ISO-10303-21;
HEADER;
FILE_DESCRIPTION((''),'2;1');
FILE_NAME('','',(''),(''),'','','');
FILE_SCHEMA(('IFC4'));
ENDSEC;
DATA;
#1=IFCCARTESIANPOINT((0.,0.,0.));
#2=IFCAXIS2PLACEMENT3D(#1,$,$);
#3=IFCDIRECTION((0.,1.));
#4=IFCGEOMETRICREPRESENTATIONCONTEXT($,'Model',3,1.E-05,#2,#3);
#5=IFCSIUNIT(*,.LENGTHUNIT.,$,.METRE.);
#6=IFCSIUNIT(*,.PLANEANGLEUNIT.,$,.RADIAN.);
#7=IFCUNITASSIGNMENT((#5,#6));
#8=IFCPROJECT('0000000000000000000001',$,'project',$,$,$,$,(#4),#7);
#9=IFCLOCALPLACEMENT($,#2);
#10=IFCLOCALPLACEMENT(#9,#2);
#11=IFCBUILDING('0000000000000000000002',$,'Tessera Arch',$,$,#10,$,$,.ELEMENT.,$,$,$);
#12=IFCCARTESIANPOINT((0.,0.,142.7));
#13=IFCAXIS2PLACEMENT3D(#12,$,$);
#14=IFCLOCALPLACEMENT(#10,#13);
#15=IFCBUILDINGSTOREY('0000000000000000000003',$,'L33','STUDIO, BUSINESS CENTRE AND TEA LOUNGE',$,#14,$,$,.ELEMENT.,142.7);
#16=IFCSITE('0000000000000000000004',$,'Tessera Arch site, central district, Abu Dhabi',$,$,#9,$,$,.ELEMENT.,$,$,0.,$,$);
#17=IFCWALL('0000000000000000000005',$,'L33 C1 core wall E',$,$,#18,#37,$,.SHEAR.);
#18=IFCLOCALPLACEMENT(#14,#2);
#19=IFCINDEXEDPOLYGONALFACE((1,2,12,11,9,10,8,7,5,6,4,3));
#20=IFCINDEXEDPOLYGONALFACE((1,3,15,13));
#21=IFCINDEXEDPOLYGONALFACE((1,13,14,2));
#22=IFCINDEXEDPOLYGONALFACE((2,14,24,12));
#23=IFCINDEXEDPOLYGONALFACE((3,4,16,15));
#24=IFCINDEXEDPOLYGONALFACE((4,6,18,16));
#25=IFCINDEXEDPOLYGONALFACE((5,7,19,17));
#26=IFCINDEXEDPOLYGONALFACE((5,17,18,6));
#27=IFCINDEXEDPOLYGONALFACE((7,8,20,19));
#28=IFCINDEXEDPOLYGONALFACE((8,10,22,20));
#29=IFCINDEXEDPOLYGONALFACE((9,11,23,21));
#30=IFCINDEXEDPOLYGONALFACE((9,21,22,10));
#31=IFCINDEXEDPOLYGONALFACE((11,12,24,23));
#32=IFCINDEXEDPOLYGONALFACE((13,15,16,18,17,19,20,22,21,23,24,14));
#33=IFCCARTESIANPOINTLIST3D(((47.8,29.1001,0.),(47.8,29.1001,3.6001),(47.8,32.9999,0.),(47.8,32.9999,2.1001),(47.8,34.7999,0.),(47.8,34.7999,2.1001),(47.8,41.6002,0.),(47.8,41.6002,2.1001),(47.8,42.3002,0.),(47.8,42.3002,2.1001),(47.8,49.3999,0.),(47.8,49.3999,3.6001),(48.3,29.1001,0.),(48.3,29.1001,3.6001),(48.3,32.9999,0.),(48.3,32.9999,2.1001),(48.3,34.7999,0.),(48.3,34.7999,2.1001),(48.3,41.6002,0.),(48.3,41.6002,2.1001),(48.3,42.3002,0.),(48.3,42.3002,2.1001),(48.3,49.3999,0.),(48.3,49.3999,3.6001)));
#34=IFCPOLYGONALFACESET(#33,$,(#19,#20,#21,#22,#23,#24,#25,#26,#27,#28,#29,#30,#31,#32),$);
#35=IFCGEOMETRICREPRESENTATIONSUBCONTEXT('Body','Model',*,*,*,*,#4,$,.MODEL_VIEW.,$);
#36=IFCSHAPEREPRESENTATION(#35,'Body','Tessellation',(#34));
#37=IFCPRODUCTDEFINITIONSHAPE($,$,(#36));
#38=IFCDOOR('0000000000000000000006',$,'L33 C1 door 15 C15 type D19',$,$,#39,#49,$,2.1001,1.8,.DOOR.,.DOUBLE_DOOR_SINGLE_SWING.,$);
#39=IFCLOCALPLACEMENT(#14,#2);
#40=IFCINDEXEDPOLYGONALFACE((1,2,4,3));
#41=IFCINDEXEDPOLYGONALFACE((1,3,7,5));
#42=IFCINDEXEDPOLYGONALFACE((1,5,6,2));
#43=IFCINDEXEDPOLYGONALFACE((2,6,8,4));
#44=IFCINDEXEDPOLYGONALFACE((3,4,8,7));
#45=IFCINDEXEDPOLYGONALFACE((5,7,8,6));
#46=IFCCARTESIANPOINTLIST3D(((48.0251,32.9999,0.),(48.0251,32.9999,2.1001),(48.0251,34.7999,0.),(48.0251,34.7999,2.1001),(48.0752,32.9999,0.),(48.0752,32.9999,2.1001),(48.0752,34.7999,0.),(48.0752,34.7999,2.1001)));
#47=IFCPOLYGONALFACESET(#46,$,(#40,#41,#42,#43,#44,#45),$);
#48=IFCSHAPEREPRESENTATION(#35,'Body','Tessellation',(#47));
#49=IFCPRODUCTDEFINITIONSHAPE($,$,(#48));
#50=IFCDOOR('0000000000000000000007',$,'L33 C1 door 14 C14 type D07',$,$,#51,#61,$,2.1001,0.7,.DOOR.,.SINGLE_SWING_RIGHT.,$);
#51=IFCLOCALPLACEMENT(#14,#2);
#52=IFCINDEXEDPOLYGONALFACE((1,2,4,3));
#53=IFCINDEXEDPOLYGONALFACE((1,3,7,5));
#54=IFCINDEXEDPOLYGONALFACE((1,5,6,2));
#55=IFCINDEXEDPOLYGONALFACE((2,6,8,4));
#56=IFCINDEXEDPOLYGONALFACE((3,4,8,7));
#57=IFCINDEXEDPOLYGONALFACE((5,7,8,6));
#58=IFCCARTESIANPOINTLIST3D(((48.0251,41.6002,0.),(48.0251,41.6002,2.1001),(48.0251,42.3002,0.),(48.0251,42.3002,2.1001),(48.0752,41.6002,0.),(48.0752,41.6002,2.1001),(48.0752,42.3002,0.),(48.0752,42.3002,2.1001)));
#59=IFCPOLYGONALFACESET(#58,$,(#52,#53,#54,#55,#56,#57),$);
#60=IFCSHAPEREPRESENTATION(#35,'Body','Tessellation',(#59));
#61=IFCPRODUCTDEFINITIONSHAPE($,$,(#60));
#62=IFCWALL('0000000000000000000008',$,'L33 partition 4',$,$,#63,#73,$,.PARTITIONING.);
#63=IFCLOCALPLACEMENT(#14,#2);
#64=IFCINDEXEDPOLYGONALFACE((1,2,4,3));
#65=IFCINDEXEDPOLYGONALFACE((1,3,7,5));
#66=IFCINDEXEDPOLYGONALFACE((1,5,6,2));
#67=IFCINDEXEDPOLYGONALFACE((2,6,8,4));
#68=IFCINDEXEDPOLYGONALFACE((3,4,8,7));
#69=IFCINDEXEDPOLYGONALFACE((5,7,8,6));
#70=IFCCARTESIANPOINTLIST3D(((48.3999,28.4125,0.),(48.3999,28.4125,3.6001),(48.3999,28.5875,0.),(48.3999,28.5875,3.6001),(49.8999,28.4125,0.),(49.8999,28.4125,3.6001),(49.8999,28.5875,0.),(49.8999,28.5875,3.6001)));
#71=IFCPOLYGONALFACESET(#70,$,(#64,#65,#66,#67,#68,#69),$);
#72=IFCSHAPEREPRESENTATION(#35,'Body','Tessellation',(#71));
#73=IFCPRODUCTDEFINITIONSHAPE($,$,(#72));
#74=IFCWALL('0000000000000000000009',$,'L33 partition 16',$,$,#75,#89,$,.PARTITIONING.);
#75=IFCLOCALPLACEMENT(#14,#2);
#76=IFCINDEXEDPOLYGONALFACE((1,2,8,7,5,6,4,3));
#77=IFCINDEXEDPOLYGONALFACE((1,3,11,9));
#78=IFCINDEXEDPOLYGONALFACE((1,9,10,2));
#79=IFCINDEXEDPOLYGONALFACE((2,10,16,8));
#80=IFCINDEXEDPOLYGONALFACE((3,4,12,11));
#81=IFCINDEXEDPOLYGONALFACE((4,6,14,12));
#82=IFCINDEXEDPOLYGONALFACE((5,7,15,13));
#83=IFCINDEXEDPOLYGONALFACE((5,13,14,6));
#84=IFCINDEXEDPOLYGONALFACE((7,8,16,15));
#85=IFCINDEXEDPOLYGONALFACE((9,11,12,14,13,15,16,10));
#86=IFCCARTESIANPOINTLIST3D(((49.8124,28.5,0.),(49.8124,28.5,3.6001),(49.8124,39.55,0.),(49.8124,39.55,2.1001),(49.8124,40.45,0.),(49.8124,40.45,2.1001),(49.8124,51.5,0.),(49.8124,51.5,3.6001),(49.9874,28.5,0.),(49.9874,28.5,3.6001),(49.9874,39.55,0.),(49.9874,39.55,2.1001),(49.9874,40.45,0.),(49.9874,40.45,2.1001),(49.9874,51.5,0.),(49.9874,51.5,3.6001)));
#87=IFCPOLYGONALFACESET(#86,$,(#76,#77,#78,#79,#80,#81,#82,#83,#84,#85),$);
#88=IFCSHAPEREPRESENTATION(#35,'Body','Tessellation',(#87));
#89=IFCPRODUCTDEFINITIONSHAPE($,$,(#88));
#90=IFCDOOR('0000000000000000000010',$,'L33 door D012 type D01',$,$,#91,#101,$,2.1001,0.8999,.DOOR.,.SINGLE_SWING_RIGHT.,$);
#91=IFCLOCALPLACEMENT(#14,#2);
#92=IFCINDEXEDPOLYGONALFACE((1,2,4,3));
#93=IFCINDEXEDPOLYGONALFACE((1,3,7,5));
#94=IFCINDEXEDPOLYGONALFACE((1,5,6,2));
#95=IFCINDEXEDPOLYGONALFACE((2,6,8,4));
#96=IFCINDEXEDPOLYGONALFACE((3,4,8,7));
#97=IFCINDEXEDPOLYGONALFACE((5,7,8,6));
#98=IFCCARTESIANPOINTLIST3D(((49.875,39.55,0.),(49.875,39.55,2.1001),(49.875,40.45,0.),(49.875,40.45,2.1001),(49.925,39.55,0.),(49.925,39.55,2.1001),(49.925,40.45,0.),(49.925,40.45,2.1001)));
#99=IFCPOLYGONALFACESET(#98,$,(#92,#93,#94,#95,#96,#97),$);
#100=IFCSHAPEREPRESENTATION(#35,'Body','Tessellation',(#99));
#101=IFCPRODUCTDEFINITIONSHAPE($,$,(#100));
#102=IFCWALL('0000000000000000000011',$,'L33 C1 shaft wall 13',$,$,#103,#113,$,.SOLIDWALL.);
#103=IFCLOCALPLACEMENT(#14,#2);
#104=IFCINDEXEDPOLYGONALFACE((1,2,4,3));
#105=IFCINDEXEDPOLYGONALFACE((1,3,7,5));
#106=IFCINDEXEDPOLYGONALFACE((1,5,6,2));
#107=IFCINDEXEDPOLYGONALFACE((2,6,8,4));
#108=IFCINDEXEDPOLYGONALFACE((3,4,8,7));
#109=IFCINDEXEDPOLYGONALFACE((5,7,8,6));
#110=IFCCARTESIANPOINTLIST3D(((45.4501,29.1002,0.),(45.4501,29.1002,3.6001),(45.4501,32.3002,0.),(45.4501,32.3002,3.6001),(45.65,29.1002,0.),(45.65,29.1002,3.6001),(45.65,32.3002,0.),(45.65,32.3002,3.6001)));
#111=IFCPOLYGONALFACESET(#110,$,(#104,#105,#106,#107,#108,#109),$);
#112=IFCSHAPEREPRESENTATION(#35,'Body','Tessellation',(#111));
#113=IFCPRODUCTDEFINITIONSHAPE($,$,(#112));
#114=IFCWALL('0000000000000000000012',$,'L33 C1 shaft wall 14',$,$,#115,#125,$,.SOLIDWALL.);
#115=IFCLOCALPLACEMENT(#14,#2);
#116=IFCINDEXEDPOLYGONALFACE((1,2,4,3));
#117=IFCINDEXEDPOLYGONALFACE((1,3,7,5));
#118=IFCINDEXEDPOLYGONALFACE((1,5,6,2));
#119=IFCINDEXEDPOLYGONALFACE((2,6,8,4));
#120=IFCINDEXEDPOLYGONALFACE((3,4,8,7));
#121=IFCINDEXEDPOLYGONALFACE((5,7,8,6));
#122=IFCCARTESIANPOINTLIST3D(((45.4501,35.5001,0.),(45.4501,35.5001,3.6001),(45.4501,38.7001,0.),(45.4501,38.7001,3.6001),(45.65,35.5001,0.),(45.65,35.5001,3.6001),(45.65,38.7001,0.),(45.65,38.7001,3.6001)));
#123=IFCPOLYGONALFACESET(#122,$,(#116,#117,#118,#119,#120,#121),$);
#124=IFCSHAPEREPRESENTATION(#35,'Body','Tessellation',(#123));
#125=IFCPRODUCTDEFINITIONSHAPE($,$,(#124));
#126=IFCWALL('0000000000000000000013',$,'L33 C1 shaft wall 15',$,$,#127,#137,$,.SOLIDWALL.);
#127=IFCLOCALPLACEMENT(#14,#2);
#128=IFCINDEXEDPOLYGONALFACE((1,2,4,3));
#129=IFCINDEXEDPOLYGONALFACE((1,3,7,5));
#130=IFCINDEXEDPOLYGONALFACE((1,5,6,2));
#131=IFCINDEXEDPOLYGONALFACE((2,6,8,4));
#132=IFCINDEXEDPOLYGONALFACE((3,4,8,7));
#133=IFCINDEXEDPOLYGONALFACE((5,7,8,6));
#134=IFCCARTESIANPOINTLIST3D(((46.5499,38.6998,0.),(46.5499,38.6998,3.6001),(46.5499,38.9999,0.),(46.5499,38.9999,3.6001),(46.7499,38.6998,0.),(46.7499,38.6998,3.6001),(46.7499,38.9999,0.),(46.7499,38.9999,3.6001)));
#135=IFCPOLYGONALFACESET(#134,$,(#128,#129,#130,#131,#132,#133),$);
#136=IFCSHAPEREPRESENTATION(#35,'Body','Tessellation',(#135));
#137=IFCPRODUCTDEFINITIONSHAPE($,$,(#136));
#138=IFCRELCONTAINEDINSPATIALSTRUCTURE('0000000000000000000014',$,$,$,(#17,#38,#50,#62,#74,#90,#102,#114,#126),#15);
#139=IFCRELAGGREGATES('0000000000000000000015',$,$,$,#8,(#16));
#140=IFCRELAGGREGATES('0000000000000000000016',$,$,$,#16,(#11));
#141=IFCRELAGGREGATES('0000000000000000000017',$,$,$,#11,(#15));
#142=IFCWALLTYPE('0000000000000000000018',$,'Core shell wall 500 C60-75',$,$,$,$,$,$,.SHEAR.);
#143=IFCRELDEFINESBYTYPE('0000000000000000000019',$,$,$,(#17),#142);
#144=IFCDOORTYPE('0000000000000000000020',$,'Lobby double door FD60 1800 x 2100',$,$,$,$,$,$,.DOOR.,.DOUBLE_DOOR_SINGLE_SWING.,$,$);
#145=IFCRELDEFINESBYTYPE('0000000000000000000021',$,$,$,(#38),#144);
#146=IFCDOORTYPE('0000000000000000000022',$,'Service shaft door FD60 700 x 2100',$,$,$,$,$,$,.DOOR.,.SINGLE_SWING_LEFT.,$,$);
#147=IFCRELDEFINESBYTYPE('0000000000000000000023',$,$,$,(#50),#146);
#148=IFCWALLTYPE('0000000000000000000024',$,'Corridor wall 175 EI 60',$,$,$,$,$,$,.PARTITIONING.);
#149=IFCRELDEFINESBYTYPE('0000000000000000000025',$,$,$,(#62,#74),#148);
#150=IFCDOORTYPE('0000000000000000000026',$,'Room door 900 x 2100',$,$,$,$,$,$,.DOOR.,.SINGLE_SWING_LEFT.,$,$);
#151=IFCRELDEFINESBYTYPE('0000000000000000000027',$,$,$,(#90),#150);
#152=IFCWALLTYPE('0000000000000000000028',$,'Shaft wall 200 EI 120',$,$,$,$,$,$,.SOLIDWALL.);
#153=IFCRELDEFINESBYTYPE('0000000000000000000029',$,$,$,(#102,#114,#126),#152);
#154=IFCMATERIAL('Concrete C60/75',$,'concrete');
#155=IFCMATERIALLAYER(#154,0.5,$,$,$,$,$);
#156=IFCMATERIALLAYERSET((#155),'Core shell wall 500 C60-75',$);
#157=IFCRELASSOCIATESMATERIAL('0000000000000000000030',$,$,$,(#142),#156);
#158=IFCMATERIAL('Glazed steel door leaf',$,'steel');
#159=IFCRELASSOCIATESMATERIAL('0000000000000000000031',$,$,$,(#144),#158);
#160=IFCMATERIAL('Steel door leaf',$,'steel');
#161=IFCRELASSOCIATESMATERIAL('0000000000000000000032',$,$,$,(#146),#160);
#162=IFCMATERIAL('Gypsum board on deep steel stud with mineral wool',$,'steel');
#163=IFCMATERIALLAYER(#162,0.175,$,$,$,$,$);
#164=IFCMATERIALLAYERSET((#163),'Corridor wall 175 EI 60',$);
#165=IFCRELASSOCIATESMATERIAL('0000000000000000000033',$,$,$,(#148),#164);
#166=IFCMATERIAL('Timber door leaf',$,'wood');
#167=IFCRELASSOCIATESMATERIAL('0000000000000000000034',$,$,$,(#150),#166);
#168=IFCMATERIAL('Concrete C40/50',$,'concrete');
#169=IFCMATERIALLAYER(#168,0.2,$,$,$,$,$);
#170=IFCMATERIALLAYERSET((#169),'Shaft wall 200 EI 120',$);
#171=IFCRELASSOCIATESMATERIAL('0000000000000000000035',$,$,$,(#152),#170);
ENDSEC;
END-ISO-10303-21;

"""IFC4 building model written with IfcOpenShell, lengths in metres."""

from ifc_helpers import new_model, si_unit, direction, frame, frame_2d, origin, place, context, subcontext, project, spatial, rectangle, extrude, material, layer, layer_set, type_object, element, fill, save


model = new_model("IFC4")

# Units and contexts
model_context = context("Model", 3, precision=1e-05, world=origin(), true_north=direction((0.0, 1.0)))
body_context = subcontext(model_context, "Body", "Model", "MODEL_VIEW")
ifc_project = project(units=[si_unit("LENGTHUNIT", "METRE"), si_unit("PLANEANGLEUNIT", "RADIAN")], contexts=[model_context])

# Site, building, storey
site_placement = place(None, origin())
site = spatial("IfcSite", under=ifc_project, at=site_placement, Name="Tessera Arch site, central district, Abu Dhabi", CompositionType="ELEMENT", RefElevation=0.0)
building_placement = place(site_placement, origin())
building = spatial("IfcBuilding", under=site, at=building_placement, Name="Tessera Arch", CompositionType="ELEMENT")
storey_placement = place(building_placement, frame((0.0, 0.0, 142.7)))
storey = spatial("IfcBuildingStorey", under=building, at=storey_placement, Name="L33", Description="STUDIO, BUSINESS CENTRE AND TEA LOUNGE", CompositionType="ELEMENT", Elevation=142.7)

# Wall, openings, doors
ifc_material_1 = material(Name="Concrete C60/75", Category="concrete")
ifc_layer_1 = layer(ifc_material_1, 0.5)
ifc_layer_set_1 = layer_set([ifc_layer_1], Name="Core shell wall 500 C60-75")
wall_type_1 = type_object("IfcWallType", Name="Core shell wall 500 C60-75", PredefinedType="SHEAR", material=ifc_layer_set_1)
wall_1_placement = place(storey_placement, frame((48.05, 29.1001, 0.0), z_axis=(0.0, 0.0, 1.0), x_axis=(0.0, 1.0, 0.0)))
wall_1 = element("IfcWall", 1, at=wall_1_placement, inside=storey, type_object=wall_type_1, Name="L33 C1 core wall E", PredefinedType="SHEAR", context=body_context, shape_type="SweptSolid", body=[
    extrude(rectangle(XDim=20.2998, YDim=0.5, at=frame_2d((10.1499, 0.0))), origin(), (0.0, 0.0, 1.0), 3.6001),
])
opening_1_placement = place(wall_1_placement, frame((12.5, 0.0, 0.0)))
opening_1 = element("IfcOpeningElement", 2, at=opening_1_placement, cuts=wall_1, PredefinedType="OPENING", context=body_context, shape_type="SweptSolid", body=[
    extrude(rectangle(XDim=0.7, YDim=2.1001, at=frame_2d((0.3501, 1.05))), frame((0.0, 0.26, 0.0), z_axis=(0.0, -1.0, 0.0), x_axis=(1.0, 0.0, 0.0)), (0.0, 0.0, 1.0), 0.52),
])
opening_2_placement = place(wall_1_placement, frame((3.8999, 0.0, 0.0)))
opening_2 = element("IfcOpeningElement", 3, at=opening_2_placement, cuts=wall_1, PredefinedType="OPENING", context=body_context, shape_type="SweptSolid", body=[
    extrude(rectangle(XDim=1.8, YDim=2.1001, at=frame_2d((0.8999, 1.05))), frame((0.0, 0.26, 0.0), z_axis=(0.0, -1.0, 0.0), x_axis=(1.0, 0.0, 0.0)), (0.0, 0.0, 1.0), 0.52),
])
ifc_material_2 = material(Name="Glazed steel door leaf", Category="steel")
door_type_1 = type_object("IfcDoorType", Name="Lobby double door FD60 1800 x 2100", OperationType="DOUBLE_DOOR_SINGLE_SWING", PredefinedType="DOOR", material=ifc_material_2)
door_1_placement = place(opening_2_placement, origin())
door_1 = element("IfcDoor", 4, at=door_1_placement, inside=storey, type_object=door_type_1, Name="L33 C1 door 15 C15 type D19", OperationType="DOUBLE_DOOR_SINGLE_SWING", OverallHeight=2.1001, OverallWidth=1.8, PredefinedType="DOOR", context=body_context, shape_type="SweptSolid", body=[
    extrude(rectangle(XDim=1.8, YDim=2.1001, at=frame_2d((0.8999, 1.05))), frame((0.0, 0.0249, 0.0), z_axis=(0.0, -1.0, 0.0), x_axis=(1.0, 0.0, 0.0)), (0.0, 0.0, 1.0), 0.05),
])
fill(opening_2, door_1)
ifc_material_3 = material(Name="Steel door leaf", Category="steel")
door_type_2 = type_object("IfcDoorType", Name="Service shaft door FD60 700 x 2100", OperationType="SINGLE_SWING_LEFT", PredefinedType="DOOR", material=ifc_material_3)
door_2_placement = place(opening_1_placement, origin())
door_2 = element("IfcDoor", 5, at=door_2_placement, inside=storey, type_object=door_type_2, Name="L33 C1 door 14 C14 type D07", OperationType="SINGLE_SWING_RIGHT", OverallHeight=2.1001, OverallWidth=0.7, PredefinedType="DOOR", context=body_context, shape_type="SweptSolid", body=[
    extrude(rectangle(XDim=0.7, YDim=2.1001, at=frame_2d((0.3501, 1.05))), frame((0.0, 0.0249, 0.0), z_axis=(0.0, -1.0, 0.0), x_axis=(1.0, 0.0, 0.0)), (0.0, 0.0, 1.0), 0.05),
])
fill(opening_1, door_2)

# Wall
ifc_material_4 = material(Name="Gypsum board on deep steel stud with mineral wool", Category="steel")
ifc_layer_2 = layer(ifc_material_4, 0.175)
ifc_layer_set_2 = layer_set([ifc_layer_2], Name="Corridor wall 175 EI 60")
wall_type_2 = type_object("IfcWallType", Name="Corridor wall 175 EI 60", PredefinedType="PARTITIONING", material=ifc_layer_set_2)
wall_2_placement = place(storey_placement, frame((48.3999, 28.5, 0.0), z_axis=(0.0, 0.0, 1.0), x_axis=(1.0, 0.0, 0.0)))
element("IfcWall", 6, at=wall_2_placement, inside=storey, type_object=wall_type_2, Name="L33 partition 4", PredefinedType="PARTITIONING", context=body_context, shape_type="SweptSolid", body=[
    extrude(rectangle(XDim=1.5, YDim=0.175, at=frame_2d((0.75, 0.0))), origin(), (0.0, 0.0, 1.0), 3.6001),
])

# Wall, opening, door
wall_3_placement = place(storey_placement, frame((49.8999, 28.5, 0.0), z_axis=(0.0, 0.0, 1.0), x_axis=(0.0, 1.0, 0.0)))
wall_3 = element("IfcWall", 7, at=wall_3_placement, inside=storey, type_object=wall_type_2, Name="L33 partition 16", PredefinedType="PARTITIONING", context=body_context, shape_type="SweptSolid", body=[
    extrude(rectangle(XDim=23.0, YDim=0.175, at=frame_2d((11.5, 0.0))), origin(), (0.0, 0.0, 1.0), 3.6001),
])
opening_3_placement = place(wall_3_placement, frame((11.05, 0.0, 0.0)))
opening_3 = element("IfcOpeningElement", 8, at=opening_3_placement, cuts=wall_3, PredefinedType="OPENING", context=body_context, shape_type="SweptSolid", body=[
    extrude(rectangle(XDim=0.8999, YDim=2.1001, at=frame_2d((0.45, 1.05))), frame((0.0, 0.0974, 0.0), z_axis=(0.0, -1.0, 0.0), x_axis=(1.0, 0.0, 0.0)), (0.0, 0.0, 1.0), 0.1951),
])
ifc_material_5 = material(Name="Timber door leaf", Category="wood")
door_type_3 = type_object("IfcDoorType", Name="Room door 900 x 2100", OperationType="SINGLE_SWING_LEFT", PredefinedType="DOOR", material=ifc_material_5)
door_3_placement = place(opening_3_placement, origin())
door_3 = element("IfcDoor", 9, at=door_3_placement, inside=storey, type_object=door_type_3, Name="L33 door D012 type D01", OperationType="SINGLE_SWING_RIGHT", OverallHeight=2.1001, OverallWidth=0.8999, PredefinedType="DOOR", context=body_context, shape_type="SweptSolid", body=[
    extrude(rectangle(XDim=0.8999, YDim=2.1001, at=frame_2d((0.45, 1.05))), frame((0.0, 0.0249, 0.0), z_axis=(0.0, -1.0, 0.0), x_axis=(1.0, 0.0, 0.0)), (0.0, 0.0, 1.0), 0.05),
])
fill(opening_3, door_3)

# Walls
ifc_material_6 = material(Name="Concrete C40/50", Category="concrete")
ifc_layer_3 = layer(ifc_material_6, 0.2)
ifc_layer_set_3 = layer_set([ifc_layer_3], Name="Shaft wall 200 EI 120")
wall_type_3 = type_object("IfcWallType", Name="Shaft wall 200 EI 120", PredefinedType="SOLIDWALL", material=ifc_layer_set_3)
for number, where, z_axis, x_axis, name in (
    (10, (45.55, 29.1001, 0.0), (0.0, 0.0, 1.0), (0.0, 1.0, 0.0), "L33 C1 shaft wall 13"),
    (11, (45.55, 35.5, 0.0), (0.0, 0.0, 1.0), (0.0, 1.0, 0.0), "L33 C1 shaft wall 14"),
):
    element("IfcWall", number, at=place(storey_placement, frame(where, z_axis=z_axis, x_axis=x_axis)), inside=storey, type_object=wall_type_3, Name=name, PredefinedType="SOLIDWALL", context=body_context, shape_type="SweptSolid", body=[
        extrude(rectangle(XDim=3.2, YDim=0.2, at=frame_2d((1.6001, 0.0))), origin(), (0.0, 0.0, 1.0), 3.6001),
    ])
wall_4_placement = place(storey_placement, frame((46.6499, 38.7, 0.0), z_axis=(0.0, 0.0, 1.0), x_axis=(0.0, 1.0, 0.0)))
element("IfcWall", 12, at=wall_4_placement, inside=storey, type_object=wall_type_3, Name="L33 C1 shaft wall 15", PredefinedType="SOLIDWALL", context=body_context, shape_type="SweptSolid", body=[
    extrude(rectangle(XDim=0.3, YDim=0.2, at=frame_2d((0.1499, 0.0))), origin(), (0.0, 0.0, 1.0), 3.6001),
])

save(model, "model.ifc")
